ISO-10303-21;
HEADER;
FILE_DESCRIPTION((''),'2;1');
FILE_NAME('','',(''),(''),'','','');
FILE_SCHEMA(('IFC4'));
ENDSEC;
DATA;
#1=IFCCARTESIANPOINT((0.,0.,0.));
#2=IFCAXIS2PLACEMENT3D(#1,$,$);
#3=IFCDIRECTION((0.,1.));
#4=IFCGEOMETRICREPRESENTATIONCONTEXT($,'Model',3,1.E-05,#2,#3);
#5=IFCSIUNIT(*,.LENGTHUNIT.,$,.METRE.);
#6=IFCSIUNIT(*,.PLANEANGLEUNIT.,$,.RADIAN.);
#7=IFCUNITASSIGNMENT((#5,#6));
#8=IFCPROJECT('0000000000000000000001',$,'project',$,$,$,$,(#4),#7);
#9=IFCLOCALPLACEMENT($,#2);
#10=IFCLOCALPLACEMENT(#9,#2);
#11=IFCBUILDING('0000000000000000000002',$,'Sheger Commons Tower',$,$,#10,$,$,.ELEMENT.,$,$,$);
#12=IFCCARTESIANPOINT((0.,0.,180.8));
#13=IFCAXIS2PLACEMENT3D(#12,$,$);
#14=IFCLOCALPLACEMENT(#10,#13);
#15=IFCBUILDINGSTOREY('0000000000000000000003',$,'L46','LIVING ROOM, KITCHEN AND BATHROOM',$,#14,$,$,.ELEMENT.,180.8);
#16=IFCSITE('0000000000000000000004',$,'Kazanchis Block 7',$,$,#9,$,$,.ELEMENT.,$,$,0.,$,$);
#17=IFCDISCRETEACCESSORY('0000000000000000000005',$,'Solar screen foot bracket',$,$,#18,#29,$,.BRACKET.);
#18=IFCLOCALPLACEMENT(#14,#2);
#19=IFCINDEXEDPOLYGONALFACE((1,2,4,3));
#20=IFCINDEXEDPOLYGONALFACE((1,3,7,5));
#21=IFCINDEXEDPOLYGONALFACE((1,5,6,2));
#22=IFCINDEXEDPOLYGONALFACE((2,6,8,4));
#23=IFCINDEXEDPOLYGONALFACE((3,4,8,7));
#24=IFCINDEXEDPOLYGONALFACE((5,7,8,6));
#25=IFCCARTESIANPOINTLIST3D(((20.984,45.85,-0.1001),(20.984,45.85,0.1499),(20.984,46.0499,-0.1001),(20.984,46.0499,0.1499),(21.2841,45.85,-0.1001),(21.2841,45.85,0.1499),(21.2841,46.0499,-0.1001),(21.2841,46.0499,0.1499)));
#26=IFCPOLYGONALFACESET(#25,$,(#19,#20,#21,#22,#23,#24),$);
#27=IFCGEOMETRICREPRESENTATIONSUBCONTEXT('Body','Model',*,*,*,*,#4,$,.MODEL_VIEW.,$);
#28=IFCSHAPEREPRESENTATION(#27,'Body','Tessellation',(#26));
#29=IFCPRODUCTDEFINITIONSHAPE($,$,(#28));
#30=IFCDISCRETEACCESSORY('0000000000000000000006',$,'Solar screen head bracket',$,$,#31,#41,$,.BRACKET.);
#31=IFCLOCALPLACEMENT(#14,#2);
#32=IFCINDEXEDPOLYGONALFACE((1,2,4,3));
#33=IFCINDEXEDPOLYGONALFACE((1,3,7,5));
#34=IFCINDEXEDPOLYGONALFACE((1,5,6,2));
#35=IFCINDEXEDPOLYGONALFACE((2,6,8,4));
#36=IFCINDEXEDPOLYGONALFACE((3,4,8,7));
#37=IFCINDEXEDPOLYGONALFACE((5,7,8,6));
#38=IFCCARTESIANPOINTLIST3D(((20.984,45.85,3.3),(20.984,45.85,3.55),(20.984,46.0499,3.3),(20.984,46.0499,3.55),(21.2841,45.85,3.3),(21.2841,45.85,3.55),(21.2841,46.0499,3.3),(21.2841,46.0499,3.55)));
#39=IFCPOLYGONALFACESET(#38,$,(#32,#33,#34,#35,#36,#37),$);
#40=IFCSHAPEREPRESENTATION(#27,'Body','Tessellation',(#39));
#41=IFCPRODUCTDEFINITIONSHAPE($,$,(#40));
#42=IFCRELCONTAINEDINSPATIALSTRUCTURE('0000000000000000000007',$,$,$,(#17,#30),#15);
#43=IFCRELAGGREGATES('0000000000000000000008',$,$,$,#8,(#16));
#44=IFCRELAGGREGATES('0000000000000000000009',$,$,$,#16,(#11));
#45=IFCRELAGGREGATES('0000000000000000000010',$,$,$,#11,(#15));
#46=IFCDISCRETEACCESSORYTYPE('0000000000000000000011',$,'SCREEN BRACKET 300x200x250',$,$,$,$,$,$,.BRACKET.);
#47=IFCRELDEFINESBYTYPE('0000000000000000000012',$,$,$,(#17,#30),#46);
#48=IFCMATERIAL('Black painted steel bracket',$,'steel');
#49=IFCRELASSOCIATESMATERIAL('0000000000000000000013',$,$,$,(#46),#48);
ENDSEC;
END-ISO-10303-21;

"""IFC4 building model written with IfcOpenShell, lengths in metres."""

from ifc_helpers import new_model, si_unit, direction, frame, origin, origin_2d, place, context, subcontext, project, spatial, rectangle, extrude, material, type_object, element, save


model = new_model("IFC4")

# Units and contexts
model_context = context("Model", 3, precision=1e-05, world=origin(), true_north=direction((0.0, 1.0)))
body_context = subcontext(model_context, "Body", "Model", "MODEL_VIEW")
ifc_project = project(units=[si_unit("LENGTHUNIT", "METRE"), si_unit("PLANEANGLEUNIT", "RADIAN")], contexts=[model_context])

# Site, building, storey
site_placement = place(None, origin())
site = spatial("IfcSite", under=ifc_project, at=site_placement, Name="Kazanchis Block 7", CompositionType="ELEMENT", RefElevation=0.0)
building_placement = place(site_placement, origin())
building = spatial("IfcBuilding", under=site, at=building_placement, Name="Sheger Commons Tower", CompositionType="ELEMENT")
storey_placement = place(building_placement, frame((0.0, 0.0, 180.8)))
storey = spatial("IfcBuildingStorey", under=building, at=storey_placement, Name="L46", Description="LIVING ROOM, KITCHEN AND BATHROOM", CompositionType="ELEMENT", Elevation=180.8)

# Discrete accessories
ifc_material_1 = material(Name="Black painted steel bracket", Category="steel")
discrete_accessory_type = type_object("IfcDiscreteAccessoryType", Name="SCREEN BRACKET 300x200x250", PredefinedType="BRACKET", material=ifc_material_1)
for number, where, z_axis, x_axis, name in (
    (1, (21.134, 45.95, -0.1001), (0.0, 0.0, 1.0), (-1.0, 0.0, 0.0), "Solar screen foot bracket"),
    (2, (21.134, 45.95, 3.3), (0.0, 0.0, 1.0), (-1.0, 0.0, 0.0), "Solar screen head bracket"),
):
    element("IfcDiscreteAccessory", number, at=place(storey_placement, frame(where, z_axis=z_axis, x_axis=x_axis)), inside=storey, type_object=discrete_accessory_type, Name=name, PredefinedType="BRACKET", context=body_context, shape_type="SweptSolid", body=[
        extrude(rectangle(XDim=0.3, YDim=0.2, at=origin_2d()), origin(), (0.0, 0.0, 1.0), 0.25),
    ])

save(model, "model.ifc")
